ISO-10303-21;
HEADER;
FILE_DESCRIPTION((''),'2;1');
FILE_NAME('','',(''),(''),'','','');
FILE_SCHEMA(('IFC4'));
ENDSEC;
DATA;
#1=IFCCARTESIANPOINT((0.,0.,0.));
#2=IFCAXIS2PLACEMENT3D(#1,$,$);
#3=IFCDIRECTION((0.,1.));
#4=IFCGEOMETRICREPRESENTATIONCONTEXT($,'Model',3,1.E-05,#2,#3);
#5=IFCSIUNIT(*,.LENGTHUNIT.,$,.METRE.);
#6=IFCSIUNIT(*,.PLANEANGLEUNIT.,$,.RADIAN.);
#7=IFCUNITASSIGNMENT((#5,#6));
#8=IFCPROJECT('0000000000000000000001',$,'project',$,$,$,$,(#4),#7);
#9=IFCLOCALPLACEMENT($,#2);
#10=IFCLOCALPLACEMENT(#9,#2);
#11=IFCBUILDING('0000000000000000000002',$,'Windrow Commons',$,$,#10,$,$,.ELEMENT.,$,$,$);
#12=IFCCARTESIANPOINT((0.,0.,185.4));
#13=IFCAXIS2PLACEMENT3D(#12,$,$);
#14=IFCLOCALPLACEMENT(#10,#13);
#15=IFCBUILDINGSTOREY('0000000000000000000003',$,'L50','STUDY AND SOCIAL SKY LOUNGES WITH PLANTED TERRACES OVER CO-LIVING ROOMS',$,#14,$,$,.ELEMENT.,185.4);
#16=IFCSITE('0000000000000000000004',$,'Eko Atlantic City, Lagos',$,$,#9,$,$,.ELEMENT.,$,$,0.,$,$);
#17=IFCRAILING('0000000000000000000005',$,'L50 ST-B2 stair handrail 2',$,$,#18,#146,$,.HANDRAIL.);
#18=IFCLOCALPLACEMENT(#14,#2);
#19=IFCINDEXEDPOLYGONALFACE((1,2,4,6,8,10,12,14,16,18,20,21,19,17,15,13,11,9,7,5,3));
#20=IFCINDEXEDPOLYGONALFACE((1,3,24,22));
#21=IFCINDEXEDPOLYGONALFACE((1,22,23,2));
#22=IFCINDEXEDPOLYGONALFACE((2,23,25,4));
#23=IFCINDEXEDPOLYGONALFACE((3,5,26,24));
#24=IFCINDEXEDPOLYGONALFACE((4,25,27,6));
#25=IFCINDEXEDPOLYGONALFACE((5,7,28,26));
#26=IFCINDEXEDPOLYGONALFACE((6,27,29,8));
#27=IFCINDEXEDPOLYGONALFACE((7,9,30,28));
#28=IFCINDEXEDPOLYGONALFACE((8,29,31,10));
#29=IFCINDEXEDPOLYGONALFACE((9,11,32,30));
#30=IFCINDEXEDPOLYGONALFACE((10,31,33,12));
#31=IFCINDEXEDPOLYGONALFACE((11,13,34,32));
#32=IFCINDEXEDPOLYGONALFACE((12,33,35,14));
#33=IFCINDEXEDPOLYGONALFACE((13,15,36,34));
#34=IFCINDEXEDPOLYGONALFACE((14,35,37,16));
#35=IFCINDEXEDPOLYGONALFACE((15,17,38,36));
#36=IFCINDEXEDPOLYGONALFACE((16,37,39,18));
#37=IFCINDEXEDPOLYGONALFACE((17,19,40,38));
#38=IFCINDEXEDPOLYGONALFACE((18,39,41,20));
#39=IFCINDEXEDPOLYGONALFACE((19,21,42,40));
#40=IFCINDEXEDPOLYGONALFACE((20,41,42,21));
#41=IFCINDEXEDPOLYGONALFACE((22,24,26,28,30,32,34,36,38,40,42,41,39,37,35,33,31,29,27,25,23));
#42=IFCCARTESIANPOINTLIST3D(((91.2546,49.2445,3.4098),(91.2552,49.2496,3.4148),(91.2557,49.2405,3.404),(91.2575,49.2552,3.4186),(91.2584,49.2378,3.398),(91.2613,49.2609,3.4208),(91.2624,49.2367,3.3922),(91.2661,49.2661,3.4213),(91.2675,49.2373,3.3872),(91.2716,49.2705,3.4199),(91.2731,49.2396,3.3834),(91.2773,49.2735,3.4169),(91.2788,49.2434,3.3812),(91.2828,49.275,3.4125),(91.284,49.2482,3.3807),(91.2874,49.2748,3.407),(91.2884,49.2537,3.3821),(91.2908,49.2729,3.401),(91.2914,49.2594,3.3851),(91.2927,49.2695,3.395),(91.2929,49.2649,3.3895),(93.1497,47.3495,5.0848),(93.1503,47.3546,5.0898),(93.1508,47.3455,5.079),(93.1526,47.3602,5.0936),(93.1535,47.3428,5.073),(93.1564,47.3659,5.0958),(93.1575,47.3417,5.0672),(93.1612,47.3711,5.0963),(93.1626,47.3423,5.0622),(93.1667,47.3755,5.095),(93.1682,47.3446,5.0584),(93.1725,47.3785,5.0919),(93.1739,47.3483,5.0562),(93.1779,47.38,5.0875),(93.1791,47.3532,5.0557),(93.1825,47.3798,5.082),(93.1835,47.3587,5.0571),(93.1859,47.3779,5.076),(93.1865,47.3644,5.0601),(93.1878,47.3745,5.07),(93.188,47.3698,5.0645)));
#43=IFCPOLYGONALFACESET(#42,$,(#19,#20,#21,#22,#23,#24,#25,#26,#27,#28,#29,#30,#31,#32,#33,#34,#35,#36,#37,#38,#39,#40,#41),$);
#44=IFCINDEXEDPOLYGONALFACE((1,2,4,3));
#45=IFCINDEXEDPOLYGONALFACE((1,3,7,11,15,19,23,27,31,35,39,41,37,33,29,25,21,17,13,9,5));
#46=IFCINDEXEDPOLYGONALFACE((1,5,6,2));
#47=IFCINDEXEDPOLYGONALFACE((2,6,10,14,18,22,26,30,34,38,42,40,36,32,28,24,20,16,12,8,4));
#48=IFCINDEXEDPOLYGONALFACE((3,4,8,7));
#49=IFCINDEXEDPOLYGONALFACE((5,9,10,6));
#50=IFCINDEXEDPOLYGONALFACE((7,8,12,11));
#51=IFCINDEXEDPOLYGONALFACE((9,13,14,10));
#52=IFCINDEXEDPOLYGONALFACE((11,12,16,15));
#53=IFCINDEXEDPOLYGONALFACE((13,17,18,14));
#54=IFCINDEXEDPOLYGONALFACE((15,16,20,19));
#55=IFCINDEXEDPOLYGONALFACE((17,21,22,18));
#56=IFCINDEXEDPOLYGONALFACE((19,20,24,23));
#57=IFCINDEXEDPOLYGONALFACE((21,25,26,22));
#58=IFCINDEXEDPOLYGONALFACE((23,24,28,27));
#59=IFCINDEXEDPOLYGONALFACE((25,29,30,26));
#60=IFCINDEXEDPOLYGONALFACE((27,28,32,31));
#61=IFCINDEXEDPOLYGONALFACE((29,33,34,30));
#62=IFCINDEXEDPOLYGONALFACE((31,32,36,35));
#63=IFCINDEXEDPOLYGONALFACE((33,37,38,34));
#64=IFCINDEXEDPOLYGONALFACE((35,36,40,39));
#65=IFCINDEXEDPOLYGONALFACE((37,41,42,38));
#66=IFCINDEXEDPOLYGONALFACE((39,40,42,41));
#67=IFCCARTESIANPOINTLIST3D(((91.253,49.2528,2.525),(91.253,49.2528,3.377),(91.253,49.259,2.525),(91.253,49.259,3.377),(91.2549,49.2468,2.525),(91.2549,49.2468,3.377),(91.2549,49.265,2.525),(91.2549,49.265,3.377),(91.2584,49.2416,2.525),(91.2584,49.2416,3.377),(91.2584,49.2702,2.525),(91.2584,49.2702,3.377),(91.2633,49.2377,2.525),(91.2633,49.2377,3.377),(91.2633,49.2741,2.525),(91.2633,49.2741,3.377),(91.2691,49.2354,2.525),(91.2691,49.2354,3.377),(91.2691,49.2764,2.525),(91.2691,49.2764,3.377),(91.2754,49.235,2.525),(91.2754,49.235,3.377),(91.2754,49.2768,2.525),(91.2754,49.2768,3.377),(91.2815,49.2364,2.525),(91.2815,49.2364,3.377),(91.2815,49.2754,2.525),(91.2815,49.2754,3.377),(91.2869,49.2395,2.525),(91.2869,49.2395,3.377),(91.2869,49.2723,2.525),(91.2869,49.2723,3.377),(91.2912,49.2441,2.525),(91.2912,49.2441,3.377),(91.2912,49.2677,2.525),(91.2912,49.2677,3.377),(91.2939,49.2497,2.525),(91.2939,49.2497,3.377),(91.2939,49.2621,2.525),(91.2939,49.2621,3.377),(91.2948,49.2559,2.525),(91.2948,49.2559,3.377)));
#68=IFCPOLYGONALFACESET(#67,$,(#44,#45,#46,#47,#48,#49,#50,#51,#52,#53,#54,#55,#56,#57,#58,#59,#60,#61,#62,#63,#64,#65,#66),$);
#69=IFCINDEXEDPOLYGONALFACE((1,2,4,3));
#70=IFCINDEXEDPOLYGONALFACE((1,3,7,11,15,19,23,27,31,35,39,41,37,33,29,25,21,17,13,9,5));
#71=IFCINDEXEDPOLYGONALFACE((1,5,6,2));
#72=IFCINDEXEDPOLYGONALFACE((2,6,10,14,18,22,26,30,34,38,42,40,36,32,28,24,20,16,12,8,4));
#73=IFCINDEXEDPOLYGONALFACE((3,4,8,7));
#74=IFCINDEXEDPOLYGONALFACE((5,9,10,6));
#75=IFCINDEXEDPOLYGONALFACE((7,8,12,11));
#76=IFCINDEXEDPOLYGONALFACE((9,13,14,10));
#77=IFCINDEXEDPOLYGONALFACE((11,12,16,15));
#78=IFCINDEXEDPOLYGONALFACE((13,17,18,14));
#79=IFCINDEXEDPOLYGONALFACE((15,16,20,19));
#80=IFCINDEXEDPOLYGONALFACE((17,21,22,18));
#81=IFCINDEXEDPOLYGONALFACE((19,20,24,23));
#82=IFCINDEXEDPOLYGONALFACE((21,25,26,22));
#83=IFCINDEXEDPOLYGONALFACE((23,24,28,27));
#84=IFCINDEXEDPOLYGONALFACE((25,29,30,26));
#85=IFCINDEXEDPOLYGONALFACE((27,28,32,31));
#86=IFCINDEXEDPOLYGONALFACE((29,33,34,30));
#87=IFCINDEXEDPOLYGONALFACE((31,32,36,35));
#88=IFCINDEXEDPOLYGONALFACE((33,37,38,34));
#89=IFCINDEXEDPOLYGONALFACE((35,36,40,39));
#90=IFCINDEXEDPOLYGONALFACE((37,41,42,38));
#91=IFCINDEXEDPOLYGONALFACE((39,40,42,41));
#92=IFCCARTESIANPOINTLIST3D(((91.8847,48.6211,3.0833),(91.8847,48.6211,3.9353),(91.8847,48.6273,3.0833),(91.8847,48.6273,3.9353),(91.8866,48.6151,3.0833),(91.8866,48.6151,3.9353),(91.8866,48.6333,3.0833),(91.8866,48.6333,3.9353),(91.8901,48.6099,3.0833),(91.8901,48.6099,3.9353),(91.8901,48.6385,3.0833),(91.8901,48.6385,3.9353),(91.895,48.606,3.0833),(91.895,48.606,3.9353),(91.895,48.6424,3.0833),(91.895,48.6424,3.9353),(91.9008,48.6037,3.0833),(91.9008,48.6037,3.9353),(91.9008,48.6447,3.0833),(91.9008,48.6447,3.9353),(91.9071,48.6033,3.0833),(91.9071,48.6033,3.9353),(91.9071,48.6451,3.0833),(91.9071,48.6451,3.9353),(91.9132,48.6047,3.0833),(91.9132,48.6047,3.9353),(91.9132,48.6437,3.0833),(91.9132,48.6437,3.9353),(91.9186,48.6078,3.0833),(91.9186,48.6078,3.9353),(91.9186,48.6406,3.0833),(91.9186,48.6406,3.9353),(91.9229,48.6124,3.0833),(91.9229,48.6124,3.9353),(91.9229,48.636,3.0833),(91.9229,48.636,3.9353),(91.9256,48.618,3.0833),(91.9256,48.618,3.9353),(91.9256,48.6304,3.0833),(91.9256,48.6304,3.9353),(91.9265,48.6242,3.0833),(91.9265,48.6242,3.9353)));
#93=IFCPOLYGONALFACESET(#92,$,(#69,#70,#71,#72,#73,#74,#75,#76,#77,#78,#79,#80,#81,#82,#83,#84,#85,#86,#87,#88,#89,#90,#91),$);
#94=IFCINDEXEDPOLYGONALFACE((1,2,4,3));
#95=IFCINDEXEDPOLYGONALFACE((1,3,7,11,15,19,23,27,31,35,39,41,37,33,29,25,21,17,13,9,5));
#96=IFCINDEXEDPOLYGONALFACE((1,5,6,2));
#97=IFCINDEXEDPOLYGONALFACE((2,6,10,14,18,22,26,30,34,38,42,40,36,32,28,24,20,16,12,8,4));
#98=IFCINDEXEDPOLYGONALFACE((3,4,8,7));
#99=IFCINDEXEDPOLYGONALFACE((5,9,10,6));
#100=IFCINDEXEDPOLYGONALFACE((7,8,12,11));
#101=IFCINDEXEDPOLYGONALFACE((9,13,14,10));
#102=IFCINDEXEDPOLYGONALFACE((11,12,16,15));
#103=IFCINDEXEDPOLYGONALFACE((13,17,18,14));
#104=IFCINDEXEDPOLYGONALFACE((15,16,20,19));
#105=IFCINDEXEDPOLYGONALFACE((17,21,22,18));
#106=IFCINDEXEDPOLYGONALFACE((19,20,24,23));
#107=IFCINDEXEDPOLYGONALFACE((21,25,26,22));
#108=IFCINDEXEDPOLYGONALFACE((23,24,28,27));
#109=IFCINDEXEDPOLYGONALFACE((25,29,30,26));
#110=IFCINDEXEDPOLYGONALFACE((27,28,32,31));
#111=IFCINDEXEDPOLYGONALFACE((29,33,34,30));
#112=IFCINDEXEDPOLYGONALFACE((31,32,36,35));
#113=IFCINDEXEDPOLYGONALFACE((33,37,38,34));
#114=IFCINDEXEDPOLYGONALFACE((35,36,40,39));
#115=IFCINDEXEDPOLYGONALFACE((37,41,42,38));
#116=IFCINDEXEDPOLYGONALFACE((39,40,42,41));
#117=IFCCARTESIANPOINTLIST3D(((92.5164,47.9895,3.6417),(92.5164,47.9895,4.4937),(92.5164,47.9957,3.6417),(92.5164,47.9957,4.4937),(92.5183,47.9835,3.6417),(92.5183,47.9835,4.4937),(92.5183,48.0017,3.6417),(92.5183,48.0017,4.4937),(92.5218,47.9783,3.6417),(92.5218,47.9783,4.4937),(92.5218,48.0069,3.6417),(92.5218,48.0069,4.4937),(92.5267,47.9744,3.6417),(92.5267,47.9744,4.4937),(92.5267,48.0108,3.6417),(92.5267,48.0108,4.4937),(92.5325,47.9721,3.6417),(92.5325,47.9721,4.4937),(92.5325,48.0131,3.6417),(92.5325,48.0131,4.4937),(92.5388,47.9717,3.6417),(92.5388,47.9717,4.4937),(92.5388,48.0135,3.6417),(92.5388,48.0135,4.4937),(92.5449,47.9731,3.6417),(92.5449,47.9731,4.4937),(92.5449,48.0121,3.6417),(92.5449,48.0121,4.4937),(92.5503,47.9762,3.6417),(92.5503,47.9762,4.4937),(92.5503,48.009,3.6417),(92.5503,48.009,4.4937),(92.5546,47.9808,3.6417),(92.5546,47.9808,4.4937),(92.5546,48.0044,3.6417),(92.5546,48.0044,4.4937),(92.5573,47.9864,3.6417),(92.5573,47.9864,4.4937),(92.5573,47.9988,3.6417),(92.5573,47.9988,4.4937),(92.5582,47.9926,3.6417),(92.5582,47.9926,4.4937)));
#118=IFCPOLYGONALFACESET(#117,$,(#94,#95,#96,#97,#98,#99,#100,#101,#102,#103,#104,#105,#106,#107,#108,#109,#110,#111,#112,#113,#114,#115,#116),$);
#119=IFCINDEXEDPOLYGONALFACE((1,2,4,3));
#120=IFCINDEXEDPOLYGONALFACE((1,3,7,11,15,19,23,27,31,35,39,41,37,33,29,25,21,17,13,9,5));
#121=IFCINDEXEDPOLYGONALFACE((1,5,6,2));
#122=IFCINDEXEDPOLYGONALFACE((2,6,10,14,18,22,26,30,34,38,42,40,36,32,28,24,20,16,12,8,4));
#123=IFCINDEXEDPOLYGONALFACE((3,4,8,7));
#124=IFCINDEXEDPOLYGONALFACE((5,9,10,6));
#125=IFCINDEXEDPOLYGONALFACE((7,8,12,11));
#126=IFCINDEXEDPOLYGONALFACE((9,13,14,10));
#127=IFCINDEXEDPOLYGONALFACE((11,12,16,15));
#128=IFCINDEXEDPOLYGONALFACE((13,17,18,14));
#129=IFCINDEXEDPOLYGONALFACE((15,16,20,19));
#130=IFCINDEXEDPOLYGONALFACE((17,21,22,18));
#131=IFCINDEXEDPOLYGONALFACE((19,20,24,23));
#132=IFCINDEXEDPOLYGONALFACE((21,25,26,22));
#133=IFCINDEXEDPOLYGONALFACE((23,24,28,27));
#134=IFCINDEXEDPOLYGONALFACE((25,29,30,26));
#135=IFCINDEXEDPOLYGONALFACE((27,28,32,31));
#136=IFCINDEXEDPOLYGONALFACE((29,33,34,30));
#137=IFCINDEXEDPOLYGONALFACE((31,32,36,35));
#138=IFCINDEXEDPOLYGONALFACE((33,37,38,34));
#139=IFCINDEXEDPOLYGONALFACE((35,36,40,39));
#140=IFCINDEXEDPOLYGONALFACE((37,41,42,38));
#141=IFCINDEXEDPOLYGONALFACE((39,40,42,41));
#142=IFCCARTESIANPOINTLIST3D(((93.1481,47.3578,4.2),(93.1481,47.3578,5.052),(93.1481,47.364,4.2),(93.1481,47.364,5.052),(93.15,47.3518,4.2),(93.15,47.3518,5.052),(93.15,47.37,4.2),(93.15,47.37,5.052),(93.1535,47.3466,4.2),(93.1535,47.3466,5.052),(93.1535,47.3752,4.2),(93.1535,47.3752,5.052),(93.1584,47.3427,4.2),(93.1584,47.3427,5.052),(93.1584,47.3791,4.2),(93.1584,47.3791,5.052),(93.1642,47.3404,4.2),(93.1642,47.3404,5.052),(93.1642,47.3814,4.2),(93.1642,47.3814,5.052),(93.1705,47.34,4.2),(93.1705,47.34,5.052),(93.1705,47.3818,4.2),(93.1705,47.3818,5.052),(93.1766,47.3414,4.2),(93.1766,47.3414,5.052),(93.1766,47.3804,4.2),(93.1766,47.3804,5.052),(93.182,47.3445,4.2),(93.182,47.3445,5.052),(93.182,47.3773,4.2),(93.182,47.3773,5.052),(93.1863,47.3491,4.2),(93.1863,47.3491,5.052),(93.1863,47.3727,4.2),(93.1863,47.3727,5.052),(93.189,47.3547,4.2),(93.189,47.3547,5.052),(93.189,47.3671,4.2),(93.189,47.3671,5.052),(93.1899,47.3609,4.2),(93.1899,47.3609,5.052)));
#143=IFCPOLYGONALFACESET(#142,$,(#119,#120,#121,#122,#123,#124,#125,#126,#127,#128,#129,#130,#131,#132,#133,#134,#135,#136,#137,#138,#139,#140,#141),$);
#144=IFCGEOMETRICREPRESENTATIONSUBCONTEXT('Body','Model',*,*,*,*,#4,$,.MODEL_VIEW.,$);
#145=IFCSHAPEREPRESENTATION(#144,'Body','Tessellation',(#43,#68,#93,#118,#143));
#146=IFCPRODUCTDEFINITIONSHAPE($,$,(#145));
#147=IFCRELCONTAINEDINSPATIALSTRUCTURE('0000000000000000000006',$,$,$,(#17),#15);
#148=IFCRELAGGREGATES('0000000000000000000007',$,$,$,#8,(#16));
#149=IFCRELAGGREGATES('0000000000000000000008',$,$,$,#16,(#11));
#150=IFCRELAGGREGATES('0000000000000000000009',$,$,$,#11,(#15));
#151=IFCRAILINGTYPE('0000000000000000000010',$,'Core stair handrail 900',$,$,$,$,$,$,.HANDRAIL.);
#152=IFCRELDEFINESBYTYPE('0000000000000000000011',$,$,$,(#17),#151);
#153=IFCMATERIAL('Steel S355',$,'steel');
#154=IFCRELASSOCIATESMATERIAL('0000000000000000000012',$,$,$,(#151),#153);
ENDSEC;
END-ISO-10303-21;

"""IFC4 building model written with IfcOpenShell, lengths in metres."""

from ifc_helpers import new_model, si_unit, direction, frame, origin, origin_2d, place, context, subcontext, project, spatial, circle, extrude, material, type_object, element, save


model = new_model("IFC4")

# Units and contexts
model_context = context("Model", 3, precision=1e-05, world=origin(), true_north=direction((0.0, 1.0)))
body_context = subcontext(model_context, "Body", "Model", "MODEL_VIEW")
ifc_project = project(units=[si_unit("LENGTHUNIT", "METRE"), si_unit("PLANEANGLEUNIT", "RADIAN")], contexts=[model_context])

# Site, building, storey
site_placement = place(None, origin())
site = spatial("IfcSite", under=ifc_project, at=site_placement, Name="Eko Atlantic City, Lagos", CompositionType="ELEMENT", RefElevation=0.0)
building_placement = place(site_placement, origin())
building = spatial("IfcBuilding", under=site, at=building_placement, Name="Windrow Commons", CompositionType="ELEMENT")
storey_placement = place(building_placement, frame((0.0, 0.0, 185.4)))
storey = spatial("IfcBuildingStorey", under=building, at=storey_placement, Name="L50", Description="STUDY AND SOCIAL SKY LOUNGES WITH PLANTED TERRACES OVER CO-LIVING ROOMS", CompositionType="ELEMENT", Elevation=185.4)

# Railing
ifc_material_1 = material(Name="Steel S355", Category="steel")
railing_type_1 = type_object("IfcRailingType", Name="Core stair handrail 900", PredefinedType="HANDRAIL", material=ifc_material_1)
railing_1_placement = place(storey_placement, frame((91.2738, 49.2559, 2.525)))
element("IfcRailing", 1, at=railing_1_placement, inside=storey, type_object=railing_type_1, Name="L50 ST-B2 stair handrail 2", PredefinedType="HANDRAIL", context=body_context, shape_type="SweptSolid", body=[
    extrude(circle(Radius=0.024, at=origin_2d()), frame((0.0, 0.0, 0.876), z_axis=(0.599642, -0.59961, 0.529998), x_axis=(0.707088, 0.707125, 0.0)), (0.0, 0.0, 1.0), 3.1604),
    extrude(circle(Radius=0.021, at=origin_2d()), origin(), (0.0, 0.0, 1.0), 0.852),
    extrude(circle(Radius=0.021, at=origin_2d()), frame((0.6317, -0.6317, 0.5583)), (0.0, 0.0, 1.0), 0.852),
    extrude(circle(Radius=0.021, at=origin_2d()), frame((1.2634, -1.2633, 1.1167)), (0.0, 0.0, 1.0), 0.852),
    extrude(circle(Radius=0.021, at=origin_2d()), frame((1.8951, -1.895, 1.675)), (0.0, 0.0, 1.0), 0.852),
])

save(model, "model.ifc")
